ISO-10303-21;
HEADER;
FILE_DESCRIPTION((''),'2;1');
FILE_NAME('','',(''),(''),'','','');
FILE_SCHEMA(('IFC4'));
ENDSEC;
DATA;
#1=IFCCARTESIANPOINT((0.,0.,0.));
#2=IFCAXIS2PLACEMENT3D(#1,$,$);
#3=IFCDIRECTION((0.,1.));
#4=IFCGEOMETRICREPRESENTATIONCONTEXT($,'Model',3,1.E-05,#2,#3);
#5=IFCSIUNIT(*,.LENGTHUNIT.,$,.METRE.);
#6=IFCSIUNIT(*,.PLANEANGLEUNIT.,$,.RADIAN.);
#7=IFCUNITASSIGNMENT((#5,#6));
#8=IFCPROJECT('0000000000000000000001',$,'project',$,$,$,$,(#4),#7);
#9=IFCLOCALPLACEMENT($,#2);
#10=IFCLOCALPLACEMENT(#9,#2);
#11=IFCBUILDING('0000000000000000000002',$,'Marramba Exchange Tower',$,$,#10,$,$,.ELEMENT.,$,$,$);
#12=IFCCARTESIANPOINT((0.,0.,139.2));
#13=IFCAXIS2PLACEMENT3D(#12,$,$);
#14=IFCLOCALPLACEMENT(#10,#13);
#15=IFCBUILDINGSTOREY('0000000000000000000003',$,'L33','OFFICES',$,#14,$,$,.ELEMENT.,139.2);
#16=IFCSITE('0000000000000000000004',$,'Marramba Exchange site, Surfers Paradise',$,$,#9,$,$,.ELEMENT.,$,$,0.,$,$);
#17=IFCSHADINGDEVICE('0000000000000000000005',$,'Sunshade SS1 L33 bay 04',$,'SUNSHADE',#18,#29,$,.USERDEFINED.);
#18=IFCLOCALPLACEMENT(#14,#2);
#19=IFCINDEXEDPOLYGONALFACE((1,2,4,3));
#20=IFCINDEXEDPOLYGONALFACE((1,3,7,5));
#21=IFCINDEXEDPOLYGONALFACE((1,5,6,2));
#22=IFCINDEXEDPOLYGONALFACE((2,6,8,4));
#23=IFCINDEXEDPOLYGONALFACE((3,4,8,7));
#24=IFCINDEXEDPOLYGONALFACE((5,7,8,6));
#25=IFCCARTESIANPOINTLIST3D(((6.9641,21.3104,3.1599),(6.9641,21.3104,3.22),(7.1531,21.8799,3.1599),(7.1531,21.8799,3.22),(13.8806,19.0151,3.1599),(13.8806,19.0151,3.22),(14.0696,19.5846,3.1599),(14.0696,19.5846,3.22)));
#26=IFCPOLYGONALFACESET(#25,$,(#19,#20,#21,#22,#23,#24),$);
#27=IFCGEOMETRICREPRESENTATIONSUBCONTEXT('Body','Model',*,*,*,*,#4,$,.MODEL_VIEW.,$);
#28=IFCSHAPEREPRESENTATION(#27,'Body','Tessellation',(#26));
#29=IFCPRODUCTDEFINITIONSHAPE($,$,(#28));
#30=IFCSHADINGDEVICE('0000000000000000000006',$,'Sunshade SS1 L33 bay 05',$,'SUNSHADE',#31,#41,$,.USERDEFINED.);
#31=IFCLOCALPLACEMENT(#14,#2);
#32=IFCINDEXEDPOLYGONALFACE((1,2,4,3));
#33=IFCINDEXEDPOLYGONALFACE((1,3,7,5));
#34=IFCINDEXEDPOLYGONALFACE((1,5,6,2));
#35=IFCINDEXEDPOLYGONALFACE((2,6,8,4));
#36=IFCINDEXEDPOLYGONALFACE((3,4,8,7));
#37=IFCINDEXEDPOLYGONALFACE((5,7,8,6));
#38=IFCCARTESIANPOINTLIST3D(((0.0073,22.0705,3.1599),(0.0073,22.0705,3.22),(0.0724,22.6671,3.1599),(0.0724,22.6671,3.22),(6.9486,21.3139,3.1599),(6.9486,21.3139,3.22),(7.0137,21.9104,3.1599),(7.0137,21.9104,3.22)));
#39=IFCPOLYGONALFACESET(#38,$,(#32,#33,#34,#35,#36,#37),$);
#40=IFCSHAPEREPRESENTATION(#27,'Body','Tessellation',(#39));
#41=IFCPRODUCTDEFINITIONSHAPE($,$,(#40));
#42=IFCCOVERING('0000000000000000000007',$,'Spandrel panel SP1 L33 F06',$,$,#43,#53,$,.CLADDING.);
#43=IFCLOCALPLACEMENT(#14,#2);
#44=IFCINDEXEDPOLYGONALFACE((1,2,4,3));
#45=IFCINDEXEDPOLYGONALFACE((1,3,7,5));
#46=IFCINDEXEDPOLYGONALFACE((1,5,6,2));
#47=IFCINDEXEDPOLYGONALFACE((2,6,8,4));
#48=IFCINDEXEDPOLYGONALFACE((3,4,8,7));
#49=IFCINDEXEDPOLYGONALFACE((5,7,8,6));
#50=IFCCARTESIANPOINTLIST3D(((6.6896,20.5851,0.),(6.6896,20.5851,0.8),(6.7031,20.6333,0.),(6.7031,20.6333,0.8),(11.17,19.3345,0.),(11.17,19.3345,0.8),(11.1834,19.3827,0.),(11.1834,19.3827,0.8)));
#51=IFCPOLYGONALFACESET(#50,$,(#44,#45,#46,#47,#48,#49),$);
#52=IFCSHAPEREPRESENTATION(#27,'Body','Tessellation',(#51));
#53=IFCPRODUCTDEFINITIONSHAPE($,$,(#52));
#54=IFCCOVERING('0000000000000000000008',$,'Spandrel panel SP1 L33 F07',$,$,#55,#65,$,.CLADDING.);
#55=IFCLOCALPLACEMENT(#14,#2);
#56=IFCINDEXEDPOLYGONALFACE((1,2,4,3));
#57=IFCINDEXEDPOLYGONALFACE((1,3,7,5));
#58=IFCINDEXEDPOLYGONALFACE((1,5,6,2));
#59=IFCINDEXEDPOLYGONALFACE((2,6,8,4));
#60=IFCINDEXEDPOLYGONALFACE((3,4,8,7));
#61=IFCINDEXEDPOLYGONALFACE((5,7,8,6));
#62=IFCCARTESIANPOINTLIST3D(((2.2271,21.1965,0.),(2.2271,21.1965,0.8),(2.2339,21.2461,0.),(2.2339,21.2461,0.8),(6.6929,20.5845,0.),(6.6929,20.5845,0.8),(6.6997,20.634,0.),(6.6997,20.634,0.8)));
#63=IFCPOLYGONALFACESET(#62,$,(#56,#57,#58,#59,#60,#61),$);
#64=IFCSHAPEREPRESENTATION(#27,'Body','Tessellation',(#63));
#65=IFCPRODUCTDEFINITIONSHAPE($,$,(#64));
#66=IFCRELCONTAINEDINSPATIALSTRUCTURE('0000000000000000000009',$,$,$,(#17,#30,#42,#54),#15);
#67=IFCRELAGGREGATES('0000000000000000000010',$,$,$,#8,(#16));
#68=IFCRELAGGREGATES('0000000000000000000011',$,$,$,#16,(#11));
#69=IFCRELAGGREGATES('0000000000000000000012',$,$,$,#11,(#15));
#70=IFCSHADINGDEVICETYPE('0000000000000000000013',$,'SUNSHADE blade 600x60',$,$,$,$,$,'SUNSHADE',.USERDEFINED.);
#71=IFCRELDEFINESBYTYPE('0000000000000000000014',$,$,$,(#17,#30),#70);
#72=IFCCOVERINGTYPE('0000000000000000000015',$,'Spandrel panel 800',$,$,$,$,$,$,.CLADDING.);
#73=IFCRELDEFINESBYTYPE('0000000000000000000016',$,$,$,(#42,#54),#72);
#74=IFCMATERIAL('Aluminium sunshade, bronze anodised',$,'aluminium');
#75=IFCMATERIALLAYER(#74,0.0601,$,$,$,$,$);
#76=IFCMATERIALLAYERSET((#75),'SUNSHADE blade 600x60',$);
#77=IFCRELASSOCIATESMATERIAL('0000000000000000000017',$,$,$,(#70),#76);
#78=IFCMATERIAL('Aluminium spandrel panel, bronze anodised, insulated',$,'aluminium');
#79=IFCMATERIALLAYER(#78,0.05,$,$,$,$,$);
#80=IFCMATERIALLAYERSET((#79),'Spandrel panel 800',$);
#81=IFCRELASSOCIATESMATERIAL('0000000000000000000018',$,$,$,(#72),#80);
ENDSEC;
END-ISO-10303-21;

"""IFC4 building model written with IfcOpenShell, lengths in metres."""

from ifc_helpers import new_model, si_unit, direction, frame, origin, origin_2d, place, context, subcontext, project, spatial, rectangle, extrude, material, layer, layer_set, type_object, element, save


model = new_model("IFC4")

# Units and contexts
model_context = context("Model", 3, precision=1e-05, world=origin(), true_north=direction((0.0, 1.0)))
body_context = subcontext(model_context, "Body", "Model", "MODEL_VIEW")
ifc_project = project(units=[si_unit("LENGTHUNIT", "METRE"), si_unit("PLANEANGLEUNIT", "RADIAN")], contexts=[model_context])

# Site, building, storey
site_placement = place(None, origin())
site = spatial("IfcSite", under=ifc_project, at=site_placement, Name="Marramba Exchange site, Surfers Paradise", CompositionType="ELEMENT", RefElevation=0.0)
building_placement = place(site_placement, origin())
building = spatial("IfcBuilding", under=site, at=building_placement, Name="Marramba Exchange Tower", CompositionType="ELEMENT")
storey_placement = place(building_placement, frame((0.0, 0.0, 139.2)))
storey = spatial("IfcBuildingStorey", under=building, at=storey_placement, Name="L33", Description="OFFICES", CompositionType="ELEMENT", Elevation=139.2)

# Shading devices
ifc_material_1 = material(Name="Aluminium sunshade, bronze anodised", Category="aluminium")
ifc_layer_1 = layer(ifc_material_1, 0.0601)
ifc_layer_set_1 = layer_set([ifc_layer_1], Name="SUNSHADE blade 600x60")
shading_device_type_1 = type_object("IfcShadingDeviceType", Name="SUNSHADE blade 600x60", ElementType="SUNSHADE", PredefinedType="USERDEFINED", material=ifc_layer_set_1)
shading_device_1_placement = place(storey_placement, frame((10.5168, 20.4475, 3.1599), z_axis=(0.0, 0.0, 1.0), x_axis=(-0.949101, 0.314972, 0.0)))
element("IfcShadingDevice", 1, at=shading_device_1_placement, inside=storey, type_object=shading_device_type_1, Name="Sunshade SS1 L33 bay 04", ObjectType="SUNSHADE", PredefinedType="USERDEFINED", context=body_context, shape_type="SweptSolid", body=[
    extrude(rectangle(XDim=7.2874, YDim=0.6001, at=origin_2d()), origin(), (0.0, 0.0, 1.0), 0.0601),
])
shading_device_2_placement = place(storey_placement, frame((3.5105, 21.9905, 3.1599), z_axis=(0.0, 0.0, 1.0), x_axis=(-0.994111, 0.108363, 0.0)))
element("IfcShadingDevice", 2, at=shading_device_2_placement, inside=storey, type_object=shading_device_type_1, Name="Sunshade SS1 L33 bay 05", ObjectType="SUNSHADE", PredefinedType="USERDEFINED", context=body_context, shape_type="SweptSolid", body=[
    extrude(rectangle(XDim=6.9824, YDim=0.6001, at=origin_2d()), origin(), (0.0, 0.0, 1.0), 0.0601),
])

# Coverings
ifc_material_2 = material(Name="Aluminium spandrel panel, bronze anodised, insulated", Category="aluminium")
ifc_layer_2 = layer(ifc_material_2, 0.05)
ifc_layer_set_2 = layer_set([ifc_layer_2], Name="Spandrel panel 800")
covering_type = type_object("IfcCoveringType", Name="Spandrel panel 800", PredefinedType="CLADDING", material=ifc_layer_set_2)
covering_1_placement = place(storey_placement, frame((8.9365, 19.9839, 0.0), z_axis=(0.0, 0.0, 1.0), x_axis=(-0.963178, 0.268865, 0.0)))
element("IfcCovering", 3, at=covering_1_placement, inside=storey, type_object=covering_type, Name="Spandrel panel SP1 L33 F06", PredefinedType="CLADDING", context=body_context, shape_type="SweptSolid", body=[
    extrude(rectangle(XDim=4.6516, YDim=0.05, at=origin_2d()), origin(), (0.0, 0.0, 1.0), 0.8),
])
covering_2_placement = place(storey_placement, frame((4.4634, 20.9153, 0.0), z_axis=(0.0, 0.0, 1.0), x_axis=(-0.990738, 0.135786, 0.0)))
element("IfcCovering", 4, at=covering_2_placement, inside=storey, type_object=covering_type, Name="Spandrel panel SP1 L33 F07", PredefinedType="CLADDING", context=body_context, shape_type="SweptSolid", body=[
    extrude(rectangle(XDim=4.5076, YDim=0.05, at=origin_2d()), origin(), (0.0, 0.0, 1.0), 0.8),
])

save(model, "model.ifc")
